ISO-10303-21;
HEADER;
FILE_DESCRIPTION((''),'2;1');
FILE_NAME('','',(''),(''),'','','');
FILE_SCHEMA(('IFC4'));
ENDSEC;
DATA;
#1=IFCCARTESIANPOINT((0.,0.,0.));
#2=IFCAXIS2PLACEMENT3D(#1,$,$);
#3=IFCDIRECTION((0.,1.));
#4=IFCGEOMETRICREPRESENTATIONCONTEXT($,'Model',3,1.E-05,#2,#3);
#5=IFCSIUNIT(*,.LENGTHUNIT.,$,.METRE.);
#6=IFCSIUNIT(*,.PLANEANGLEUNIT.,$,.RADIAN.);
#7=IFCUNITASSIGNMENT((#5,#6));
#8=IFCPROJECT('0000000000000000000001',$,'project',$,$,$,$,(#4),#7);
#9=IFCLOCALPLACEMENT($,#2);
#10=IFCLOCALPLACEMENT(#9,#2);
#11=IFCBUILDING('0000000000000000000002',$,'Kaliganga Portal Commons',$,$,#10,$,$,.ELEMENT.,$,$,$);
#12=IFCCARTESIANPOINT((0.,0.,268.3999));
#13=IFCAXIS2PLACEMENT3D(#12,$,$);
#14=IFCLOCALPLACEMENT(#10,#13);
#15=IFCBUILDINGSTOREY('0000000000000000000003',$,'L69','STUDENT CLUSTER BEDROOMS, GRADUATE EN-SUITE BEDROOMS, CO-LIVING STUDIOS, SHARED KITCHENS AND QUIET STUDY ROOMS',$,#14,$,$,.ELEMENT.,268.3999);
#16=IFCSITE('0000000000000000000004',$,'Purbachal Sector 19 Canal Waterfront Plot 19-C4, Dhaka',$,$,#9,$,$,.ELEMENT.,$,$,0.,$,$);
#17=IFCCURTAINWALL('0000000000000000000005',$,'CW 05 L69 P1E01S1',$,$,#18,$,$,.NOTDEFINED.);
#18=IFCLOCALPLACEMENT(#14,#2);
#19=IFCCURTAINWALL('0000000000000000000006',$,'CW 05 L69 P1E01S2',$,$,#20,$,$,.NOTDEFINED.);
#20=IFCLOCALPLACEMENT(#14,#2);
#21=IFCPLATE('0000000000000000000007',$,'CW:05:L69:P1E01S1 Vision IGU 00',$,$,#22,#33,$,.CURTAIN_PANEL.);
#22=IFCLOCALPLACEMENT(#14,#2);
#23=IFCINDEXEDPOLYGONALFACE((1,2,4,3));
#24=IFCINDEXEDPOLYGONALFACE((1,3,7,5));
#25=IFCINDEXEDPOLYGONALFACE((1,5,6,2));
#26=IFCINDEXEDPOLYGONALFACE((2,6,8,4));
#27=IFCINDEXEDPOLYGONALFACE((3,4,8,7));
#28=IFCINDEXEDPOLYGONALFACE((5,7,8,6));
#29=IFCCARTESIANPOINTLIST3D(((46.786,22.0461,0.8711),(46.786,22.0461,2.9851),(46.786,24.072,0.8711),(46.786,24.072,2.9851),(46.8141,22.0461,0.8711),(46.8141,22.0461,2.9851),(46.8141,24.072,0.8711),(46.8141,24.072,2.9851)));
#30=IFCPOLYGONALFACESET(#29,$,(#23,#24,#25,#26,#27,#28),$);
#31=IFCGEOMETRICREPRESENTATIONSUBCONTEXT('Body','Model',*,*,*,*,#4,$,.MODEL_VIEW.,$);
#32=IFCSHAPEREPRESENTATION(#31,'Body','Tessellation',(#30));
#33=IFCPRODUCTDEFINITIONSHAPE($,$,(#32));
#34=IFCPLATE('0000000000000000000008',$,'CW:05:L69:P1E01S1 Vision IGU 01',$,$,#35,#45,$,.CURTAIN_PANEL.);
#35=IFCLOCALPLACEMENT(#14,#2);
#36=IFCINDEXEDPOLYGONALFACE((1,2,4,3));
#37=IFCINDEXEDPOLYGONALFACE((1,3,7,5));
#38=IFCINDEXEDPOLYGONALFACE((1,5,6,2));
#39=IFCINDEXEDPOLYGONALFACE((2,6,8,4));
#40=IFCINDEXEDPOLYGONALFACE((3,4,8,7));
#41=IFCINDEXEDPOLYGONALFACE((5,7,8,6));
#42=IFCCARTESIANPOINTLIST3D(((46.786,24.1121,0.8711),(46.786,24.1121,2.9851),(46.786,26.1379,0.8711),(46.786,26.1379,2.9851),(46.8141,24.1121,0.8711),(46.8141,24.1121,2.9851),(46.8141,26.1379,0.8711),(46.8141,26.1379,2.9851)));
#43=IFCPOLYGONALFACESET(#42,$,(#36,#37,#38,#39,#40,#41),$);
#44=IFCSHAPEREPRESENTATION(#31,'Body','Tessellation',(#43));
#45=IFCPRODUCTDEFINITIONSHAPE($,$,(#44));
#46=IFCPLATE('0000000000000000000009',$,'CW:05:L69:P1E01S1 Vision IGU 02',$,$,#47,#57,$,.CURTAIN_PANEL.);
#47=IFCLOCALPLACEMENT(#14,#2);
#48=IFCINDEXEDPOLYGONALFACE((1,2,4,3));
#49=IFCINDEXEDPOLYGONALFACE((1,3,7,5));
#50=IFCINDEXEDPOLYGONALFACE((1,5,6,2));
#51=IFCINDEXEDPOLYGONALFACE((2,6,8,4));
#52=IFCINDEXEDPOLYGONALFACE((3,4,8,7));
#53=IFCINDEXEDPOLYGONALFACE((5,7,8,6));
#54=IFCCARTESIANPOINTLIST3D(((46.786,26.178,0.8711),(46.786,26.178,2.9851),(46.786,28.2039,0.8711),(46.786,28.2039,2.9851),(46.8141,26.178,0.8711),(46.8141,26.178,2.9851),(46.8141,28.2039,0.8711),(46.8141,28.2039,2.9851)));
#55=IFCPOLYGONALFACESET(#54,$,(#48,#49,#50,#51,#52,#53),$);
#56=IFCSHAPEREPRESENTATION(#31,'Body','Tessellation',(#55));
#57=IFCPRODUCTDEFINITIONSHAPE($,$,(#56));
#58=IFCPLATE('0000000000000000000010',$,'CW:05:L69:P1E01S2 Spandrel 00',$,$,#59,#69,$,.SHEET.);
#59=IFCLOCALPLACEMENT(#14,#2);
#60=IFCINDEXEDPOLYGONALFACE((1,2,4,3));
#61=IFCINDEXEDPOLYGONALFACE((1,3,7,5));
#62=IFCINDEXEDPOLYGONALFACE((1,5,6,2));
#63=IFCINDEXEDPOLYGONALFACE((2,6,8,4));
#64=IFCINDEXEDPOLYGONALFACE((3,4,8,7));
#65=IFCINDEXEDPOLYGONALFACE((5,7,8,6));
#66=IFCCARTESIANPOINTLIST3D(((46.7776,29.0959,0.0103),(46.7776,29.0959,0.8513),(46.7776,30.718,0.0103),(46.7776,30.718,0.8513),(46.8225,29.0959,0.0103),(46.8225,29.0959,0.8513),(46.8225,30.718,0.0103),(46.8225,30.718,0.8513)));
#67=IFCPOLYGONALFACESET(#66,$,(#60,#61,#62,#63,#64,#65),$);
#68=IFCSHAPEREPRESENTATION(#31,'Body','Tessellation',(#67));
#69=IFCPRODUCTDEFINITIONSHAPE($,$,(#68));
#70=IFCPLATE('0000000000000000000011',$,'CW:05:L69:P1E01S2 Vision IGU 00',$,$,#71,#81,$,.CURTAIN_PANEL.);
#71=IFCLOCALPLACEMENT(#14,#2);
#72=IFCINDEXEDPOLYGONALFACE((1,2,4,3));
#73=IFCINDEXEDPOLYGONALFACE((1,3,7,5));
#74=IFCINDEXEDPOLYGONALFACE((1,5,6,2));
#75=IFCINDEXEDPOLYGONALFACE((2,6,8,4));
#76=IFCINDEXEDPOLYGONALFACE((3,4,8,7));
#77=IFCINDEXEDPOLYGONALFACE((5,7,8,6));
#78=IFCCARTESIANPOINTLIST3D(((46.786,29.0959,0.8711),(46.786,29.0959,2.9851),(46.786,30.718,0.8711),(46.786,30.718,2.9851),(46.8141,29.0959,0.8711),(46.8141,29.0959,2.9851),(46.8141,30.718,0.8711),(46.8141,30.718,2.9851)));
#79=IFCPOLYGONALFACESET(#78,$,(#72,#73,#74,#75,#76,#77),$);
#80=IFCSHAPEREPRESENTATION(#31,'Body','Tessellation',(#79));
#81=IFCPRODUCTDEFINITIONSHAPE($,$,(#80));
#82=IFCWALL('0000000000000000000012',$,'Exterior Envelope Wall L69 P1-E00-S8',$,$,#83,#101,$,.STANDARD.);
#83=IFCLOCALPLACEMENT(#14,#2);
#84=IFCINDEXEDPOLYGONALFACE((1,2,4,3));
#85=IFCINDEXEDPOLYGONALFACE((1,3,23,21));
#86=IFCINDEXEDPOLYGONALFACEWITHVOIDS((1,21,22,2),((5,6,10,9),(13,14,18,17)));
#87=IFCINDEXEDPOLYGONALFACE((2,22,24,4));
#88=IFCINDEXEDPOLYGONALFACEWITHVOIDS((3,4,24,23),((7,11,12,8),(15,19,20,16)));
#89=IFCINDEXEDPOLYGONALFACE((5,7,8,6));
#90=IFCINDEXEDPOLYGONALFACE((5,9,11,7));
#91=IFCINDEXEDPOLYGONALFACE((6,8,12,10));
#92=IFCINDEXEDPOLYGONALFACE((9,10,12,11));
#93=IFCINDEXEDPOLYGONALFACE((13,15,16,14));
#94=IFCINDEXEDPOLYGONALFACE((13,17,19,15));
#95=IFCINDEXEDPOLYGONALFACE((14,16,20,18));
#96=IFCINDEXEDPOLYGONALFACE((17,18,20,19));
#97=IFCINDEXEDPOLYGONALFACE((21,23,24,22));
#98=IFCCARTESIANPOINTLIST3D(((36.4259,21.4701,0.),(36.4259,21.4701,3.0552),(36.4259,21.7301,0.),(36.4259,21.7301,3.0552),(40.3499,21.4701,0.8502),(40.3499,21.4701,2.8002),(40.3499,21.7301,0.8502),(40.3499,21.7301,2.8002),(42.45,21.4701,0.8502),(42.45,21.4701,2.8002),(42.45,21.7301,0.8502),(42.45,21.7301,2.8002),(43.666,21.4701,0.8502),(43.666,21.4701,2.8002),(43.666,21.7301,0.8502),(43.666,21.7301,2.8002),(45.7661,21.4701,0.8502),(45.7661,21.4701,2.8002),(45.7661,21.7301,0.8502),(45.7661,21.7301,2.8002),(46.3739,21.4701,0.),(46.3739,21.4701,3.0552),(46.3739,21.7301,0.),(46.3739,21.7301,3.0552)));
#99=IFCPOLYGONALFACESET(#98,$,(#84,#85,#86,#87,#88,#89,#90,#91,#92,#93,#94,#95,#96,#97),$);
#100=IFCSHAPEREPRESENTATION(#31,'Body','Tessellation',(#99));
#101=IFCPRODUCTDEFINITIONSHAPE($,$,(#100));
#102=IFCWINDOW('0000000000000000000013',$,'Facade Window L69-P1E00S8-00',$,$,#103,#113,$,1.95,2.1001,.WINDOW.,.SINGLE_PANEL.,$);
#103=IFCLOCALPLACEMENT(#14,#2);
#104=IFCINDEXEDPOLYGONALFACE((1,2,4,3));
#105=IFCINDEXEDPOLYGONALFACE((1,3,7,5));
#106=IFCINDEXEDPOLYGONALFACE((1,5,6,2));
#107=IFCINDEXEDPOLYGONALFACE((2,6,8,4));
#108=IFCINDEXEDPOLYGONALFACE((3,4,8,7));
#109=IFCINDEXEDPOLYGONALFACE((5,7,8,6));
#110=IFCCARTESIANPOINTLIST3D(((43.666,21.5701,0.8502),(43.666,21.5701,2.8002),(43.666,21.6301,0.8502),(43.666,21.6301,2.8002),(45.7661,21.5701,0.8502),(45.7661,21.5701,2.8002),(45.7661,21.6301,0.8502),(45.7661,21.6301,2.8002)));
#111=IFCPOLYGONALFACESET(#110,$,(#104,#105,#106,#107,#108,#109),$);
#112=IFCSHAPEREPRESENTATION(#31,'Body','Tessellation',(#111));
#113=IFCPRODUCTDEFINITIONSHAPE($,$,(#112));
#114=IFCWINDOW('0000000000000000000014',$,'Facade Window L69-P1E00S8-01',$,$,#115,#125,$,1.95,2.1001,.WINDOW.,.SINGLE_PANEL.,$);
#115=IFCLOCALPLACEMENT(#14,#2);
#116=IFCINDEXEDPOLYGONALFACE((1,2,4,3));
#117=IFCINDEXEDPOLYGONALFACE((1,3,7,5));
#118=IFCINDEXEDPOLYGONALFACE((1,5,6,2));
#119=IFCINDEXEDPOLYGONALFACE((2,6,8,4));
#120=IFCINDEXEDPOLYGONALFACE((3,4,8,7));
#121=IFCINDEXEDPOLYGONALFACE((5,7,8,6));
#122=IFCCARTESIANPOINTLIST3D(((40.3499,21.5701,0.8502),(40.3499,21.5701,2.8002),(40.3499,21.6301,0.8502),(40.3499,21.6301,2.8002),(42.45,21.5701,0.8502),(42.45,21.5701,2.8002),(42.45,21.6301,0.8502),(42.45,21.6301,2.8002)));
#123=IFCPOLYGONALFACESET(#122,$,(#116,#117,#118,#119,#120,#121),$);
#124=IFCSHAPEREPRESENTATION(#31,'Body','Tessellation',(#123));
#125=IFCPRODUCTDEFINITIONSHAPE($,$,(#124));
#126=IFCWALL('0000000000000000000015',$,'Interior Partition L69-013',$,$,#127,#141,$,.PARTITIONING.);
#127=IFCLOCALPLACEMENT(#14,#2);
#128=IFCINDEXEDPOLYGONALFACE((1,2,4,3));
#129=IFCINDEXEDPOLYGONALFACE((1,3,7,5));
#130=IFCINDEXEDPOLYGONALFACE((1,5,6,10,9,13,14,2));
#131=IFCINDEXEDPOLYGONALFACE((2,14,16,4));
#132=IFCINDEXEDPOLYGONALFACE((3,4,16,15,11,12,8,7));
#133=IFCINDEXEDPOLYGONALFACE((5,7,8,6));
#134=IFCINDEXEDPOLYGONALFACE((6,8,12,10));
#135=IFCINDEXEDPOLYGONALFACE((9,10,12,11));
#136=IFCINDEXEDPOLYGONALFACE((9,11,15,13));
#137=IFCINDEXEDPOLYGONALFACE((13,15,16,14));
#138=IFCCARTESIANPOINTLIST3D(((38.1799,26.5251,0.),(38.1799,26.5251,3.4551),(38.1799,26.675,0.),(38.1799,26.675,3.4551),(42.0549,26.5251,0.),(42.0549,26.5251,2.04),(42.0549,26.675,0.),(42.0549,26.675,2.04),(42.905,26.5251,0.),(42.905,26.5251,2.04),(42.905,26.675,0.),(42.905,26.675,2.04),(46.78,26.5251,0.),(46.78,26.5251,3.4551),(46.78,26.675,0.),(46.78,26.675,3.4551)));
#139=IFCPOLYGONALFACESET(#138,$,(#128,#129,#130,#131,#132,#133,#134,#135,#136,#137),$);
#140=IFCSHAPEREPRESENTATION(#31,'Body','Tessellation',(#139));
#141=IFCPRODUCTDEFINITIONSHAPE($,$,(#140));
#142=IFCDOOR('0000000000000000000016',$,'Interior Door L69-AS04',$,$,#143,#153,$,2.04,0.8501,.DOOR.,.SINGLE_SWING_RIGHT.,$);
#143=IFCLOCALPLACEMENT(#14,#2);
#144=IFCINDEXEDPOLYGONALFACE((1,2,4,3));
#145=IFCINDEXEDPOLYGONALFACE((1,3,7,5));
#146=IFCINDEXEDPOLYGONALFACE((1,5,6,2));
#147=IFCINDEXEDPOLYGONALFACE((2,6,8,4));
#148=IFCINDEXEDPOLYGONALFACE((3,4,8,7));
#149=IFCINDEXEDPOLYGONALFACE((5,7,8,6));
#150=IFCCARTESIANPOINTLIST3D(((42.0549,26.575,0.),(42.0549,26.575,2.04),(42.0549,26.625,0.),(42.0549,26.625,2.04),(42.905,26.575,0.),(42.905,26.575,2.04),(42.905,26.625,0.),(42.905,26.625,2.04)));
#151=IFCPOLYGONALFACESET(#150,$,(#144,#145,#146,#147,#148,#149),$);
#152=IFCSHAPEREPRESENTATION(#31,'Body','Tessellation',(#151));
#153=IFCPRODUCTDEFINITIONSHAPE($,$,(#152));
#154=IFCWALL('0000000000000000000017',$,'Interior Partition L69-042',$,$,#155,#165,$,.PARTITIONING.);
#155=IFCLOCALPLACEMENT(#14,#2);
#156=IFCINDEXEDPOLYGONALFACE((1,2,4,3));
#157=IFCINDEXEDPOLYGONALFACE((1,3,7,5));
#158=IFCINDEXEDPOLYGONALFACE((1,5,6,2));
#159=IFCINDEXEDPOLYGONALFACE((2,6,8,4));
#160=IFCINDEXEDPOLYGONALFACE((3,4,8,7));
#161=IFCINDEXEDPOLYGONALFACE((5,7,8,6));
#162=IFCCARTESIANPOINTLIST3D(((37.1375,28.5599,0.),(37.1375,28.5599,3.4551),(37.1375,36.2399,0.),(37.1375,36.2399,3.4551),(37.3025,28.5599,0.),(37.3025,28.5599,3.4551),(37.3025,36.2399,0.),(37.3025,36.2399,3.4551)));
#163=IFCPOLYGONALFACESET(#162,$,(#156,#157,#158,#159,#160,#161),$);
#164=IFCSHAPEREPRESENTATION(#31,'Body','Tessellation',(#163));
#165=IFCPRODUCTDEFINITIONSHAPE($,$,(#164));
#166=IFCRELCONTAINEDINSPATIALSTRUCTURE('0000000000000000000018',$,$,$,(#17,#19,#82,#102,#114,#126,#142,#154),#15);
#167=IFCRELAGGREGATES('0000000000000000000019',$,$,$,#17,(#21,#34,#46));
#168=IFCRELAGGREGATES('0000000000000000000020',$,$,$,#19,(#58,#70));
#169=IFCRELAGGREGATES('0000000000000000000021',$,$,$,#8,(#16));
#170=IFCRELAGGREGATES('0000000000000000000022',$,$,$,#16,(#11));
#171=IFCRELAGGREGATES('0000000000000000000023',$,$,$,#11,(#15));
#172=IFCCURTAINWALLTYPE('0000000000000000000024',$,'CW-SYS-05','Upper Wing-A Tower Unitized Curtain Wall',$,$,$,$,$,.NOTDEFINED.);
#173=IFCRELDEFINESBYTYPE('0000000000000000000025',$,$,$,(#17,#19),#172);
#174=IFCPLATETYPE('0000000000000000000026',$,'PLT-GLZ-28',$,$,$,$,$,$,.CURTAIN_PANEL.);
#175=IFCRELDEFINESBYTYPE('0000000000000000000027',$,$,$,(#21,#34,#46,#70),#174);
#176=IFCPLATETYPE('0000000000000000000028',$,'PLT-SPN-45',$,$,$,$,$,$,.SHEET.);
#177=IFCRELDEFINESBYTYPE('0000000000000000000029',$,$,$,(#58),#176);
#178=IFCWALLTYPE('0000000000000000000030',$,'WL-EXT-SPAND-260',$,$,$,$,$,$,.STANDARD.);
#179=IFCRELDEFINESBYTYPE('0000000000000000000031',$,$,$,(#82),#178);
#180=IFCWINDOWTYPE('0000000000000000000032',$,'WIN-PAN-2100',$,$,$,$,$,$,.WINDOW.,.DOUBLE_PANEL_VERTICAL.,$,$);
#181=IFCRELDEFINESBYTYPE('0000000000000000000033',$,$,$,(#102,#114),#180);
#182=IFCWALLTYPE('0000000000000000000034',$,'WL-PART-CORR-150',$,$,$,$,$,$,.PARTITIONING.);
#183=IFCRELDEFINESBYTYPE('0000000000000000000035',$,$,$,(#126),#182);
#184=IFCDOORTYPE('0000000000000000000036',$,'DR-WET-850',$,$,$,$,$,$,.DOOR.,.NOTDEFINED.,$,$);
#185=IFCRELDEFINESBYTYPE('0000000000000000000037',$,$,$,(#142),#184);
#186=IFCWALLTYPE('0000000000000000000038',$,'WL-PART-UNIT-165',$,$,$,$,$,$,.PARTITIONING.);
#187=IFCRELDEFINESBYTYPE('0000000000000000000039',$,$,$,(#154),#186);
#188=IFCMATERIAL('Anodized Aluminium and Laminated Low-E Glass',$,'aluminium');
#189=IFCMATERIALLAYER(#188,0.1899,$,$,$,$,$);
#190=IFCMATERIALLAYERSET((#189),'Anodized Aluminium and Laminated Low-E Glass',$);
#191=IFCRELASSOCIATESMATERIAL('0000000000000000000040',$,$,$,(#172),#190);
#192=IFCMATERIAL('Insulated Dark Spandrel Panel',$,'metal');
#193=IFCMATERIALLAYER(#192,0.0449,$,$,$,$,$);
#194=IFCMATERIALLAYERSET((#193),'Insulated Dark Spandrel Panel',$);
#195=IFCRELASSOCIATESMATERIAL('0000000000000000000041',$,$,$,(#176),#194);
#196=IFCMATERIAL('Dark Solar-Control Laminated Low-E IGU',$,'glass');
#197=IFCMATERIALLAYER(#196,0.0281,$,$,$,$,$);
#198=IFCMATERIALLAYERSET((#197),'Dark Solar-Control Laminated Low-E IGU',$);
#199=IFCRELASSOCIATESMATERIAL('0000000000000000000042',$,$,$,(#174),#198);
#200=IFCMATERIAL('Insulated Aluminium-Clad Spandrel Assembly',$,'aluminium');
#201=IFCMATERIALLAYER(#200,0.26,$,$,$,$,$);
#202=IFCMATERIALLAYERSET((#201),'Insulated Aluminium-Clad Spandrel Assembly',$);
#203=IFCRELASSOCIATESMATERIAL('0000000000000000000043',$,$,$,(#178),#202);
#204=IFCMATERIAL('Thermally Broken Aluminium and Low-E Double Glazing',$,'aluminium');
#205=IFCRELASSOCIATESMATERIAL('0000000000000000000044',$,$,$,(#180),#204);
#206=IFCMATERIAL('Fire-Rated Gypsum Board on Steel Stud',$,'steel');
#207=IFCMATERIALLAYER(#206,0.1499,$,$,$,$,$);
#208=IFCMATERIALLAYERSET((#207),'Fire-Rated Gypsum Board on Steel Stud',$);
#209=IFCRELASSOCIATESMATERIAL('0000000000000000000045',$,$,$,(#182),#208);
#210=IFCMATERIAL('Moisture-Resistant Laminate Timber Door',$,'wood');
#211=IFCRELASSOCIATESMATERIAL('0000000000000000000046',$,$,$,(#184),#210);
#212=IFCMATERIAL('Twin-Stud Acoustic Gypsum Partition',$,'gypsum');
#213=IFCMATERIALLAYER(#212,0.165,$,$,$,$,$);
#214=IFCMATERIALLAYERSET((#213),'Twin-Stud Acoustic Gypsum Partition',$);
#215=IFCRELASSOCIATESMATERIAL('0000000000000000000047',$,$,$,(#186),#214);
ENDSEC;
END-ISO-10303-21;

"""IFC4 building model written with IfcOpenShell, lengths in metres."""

from ifc_helpers import new_model, si_unit, direction, frame, frame_2d, origin, origin_2d, place, context, subcontext, project, spatial, rectangle, extrude, source, transform, mapped, material, layer, layer_set, type_object, element, fill, aggregate, save


model = new_model("IFC4")

# Units and contexts
model_context = context("Model", 3, precision=1e-05, world=origin(), true_north=direction((0.0, 1.0)))
body_context = subcontext(model_context, "Body", "Model", "MODEL_VIEW")
ifc_project = project(units=[si_unit("LENGTHUNIT", "METRE"), si_unit("PLANEANGLEUNIT", "RADIAN")], contexts=[model_context])

# Site, building, storey
site_placement = place(None, origin())
site = spatial("IfcSite", under=ifc_project, at=site_placement, Name="Purbachal Sector 19 Canal Waterfront Plot 19-C4, Dhaka", CompositionType="ELEMENT", RefElevation=0.0)
building_placement = place(site_placement, origin())
building = spatial("IfcBuilding", under=site, at=building_placement, Name="Kaliganga Portal Commons", CompositionType="ELEMENT")
storey_placement = place(building_placement, frame((0.0, 0.0, 268.3999)))
storey = spatial("IfcBuildingStorey", under=building, at=storey_placement, Name="L69", Description="STUDENT CLUSTER BEDROOMS, GRADUATE EN-SUITE BEDROOMS, CO-LIVING STUDIOS, SHARED KITCHENS AND QUIET STUDY ROOMS", CompositionType="ELEMENT", Elevation=268.3999)

# Curtain walls
ifc_material_1 = material(Name="Anodized Aluminium and Laminated Low-E Glass", Category="aluminium")
ifc_layer_1 = layer(ifc_material_1, 0.1899)
ifc_layer_set_1 = layer_set([ifc_layer_1], Name="Anodized Aluminium and Laminated Low-E Glass")
curtain_wall_type = type_object("IfcCurtainWallType", Name="CW-SYS-05", Description="Upper Wing-A Tower Unitized Curtain Wall", PredefinedType="NOTDEFINED", material=ifc_layer_set_1)
curtain_wall_1_placement = place(storey_placement, origin())
curtain_wall_1 = element("IfcCurtainWall", 1, at=curtain_wall_1_placement, inside=storey, type_object=curtain_wall_type, Name="CW 05 L69 P1E01S1", PredefinedType="NOTDEFINED")
curtain_wall_2_placement = place(storey_placement, origin())
curtain_wall_2 = element("IfcCurtainWall", 2, at=curtain_wall_2_placement, inside=storey, type_object=curtain_wall_type, Name="CW 05 L69 P1E01S2", PredefinedType="NOTDEFINED")

# Plates
ifc_material_2 = material(Name="Insulated Dark Spandrel Panel", Category="metal")
ifc_layer_2 = layer(ifc_material_2, 0.0449)
ifc_layer_set_2 = layer_set([ifc_layer_2], Name="Insulated Dark Spandrel Panel")
plate_type_1 = type_object("IfcPlateType", Name="PLT-SPN-45", PredefinedType="SHEET", material=ifc_layer_set_2)
ifc_material_3 = material(Name="Dark Solar-Control Laminated Low-E IGU", Category="glass")
ifc_layer_3 = layer(ifc_material_3, 0.0281)
ifc_layer_set_3 = layer_set([ifc_layer_3], Name="Dark Solar-Control Laminated Low-E IGU")
plate_type_2 = type_object("IfcPlateType", Name="PLT-GLZ-28", PredefinedType="CURTAIN_PANEL", material=ifc_layer_set_3)
shared_shape_1 = source(origin(), body_context, "Body", "SweptSolid", [
    extrude(rectangle(XDim=2.0259, YDim=0.0281, at=origin_2d()), origin(), (0.0, 0.0, 1.0), 2.114),
])
plate_1_placement = place(storey_placement, frame((46.8, 23.0591, 0.8711), z_axis=(0.0, 0.0, 1.0), x_axis=(0.0, 1.0, 0.0)))
plate_1 = element("IfcPlate", 3, at=plate_1_placement, type_object=plate_type_2, Name="CW:05:L69:P1E01S1 Vision IGU 00", PredefinedType="CURTAIN_PANEL", context=body_context, shape_type="MappedRepresentation", body=[
    mapped(shared_shape_1, transform((0.0, 0.0, 0.0), x_axis=(1.0, 0.0, 0.0), y_axis=(0.0, 1.0, 0.0), z_axis=(0.0, 0.0, 1.0), scale=1.0)),
])
plate_2_placement = place(storey_placement, frame((46.8, 25.125, 0.8711), z_axis=(0.0, 0.0, 1.0), x_axis=(0.0, 1.0, 0.0)))
plate_2 = element("IfcPlate", 4, at=plate_2_placement, type_object=plate_type_2, Name="CW:05:L69:P1E01S1 Vision IGU 01", PredefinedType="CURTAIN_PANEL", context=body_context, shape_type="MappedRepresentation", body=[
    mapped(shared_shape_1, transform((0.0, 0.0, 0.0), x_axis=(1.0, 0.0, 0.0), y_axis=(0.0, 1.0, 0.0), z_axis=(0.0, 0.0, 1.0), scale=1.0)),
])
plate_3_placement = place(storey_placement, frame((46.8, 27.1909, 0.8711), z_axis=(0.0, 0.0, 1.0), x_axis=(0.0, 1.0, 0.0)))
plate_3 = element("IfcPlate", 5, at=plate_3_placement, type_object=plate_type_2, Name="CW:05:L69:P1E01S1 Vision IGU 02", PredefinedType="CURTAIN_PANEL", context=body_context, shape_type="MappedRepresentation", body=[
    mapped(shared_shape_1, transform((0.0, 0.0, 0.0), x_axis=(1.0, 0.0, 0.0), y_axis=(0.0, 1.0, 0.0), z_axis=(0.0, 0.0, 1.0), scale=1.0)),
])
aggregate(curtain_wall_1, [plate_1, plate_2, plate_3])
shared_shape_2 = source(origin(), body_context, "Body", "SweptSolid", [
    extrude(rectangle(XDim=1.6221, YDim=0.0449, at=origin_2d()), origin(), (0.0, 0.0, 1.0), 0.8411),
])
plate_4_placement = place(storey_placement, frame((46.8, 29.907, 0.0103), z_axis=(0.0, 0.0, 1.0), x_axis=(0.0, 1.0, 0.0)))
plate_4 = element("IfcPlate", 6, at=plate_4_placement, type_object=plate_type_1, Name="CW:05:L69:P1E01S2 Spandrel 00", PredefinedType="SHEET", context=body_context, shape_type="MappedRepresentation", body=[
    mapped(shared_shape_2, transform((0.0, 0.0, 0.0), x_axis=(1.0, 0.0, 0.0), y_axis=(0.0, 1.0, 0.0), z_axis=(0.0, 0.0, 1.0), scale=1.0)),
])
shared_shape_3 = source(origin(), body_context, "Body", "SweptSolid", [
    extrude(rectangle(XDim=1.6221, YDim=0.0281, at=origin_2d()), origin(), (0.0, 0.0, 1.0), 2.114),
])
plate_5_placement = place(storey_placement, frame((46.8, 29.907, 0.8711), z_axis=(0.0, 0.0, 1.0), x_axis=(0.0, 1.0, 0.0)))
plate_5 = element("IfcPlate", 7, at=plate_5_placement, type_object=plate_type_2, Name="CW:05:L69:P1E01S2 Vision IGU 00", PredefinedType="CURTAIN_PANEL", context=body_context, shape_type="MappedRepresentation", body=[
    mapped(shared_shape_3, transform((0.0, 0.0, 0.0), x_axis=(1.0, 0.0, 0.0), y_axis=(0.0, 1.0, 0.0), z_axis=(0.0, 0.0, 1.0), scale=1.0)),
])
aggregate(curtain_wall_2, [plate_4, plate_5])

# Wall, openings, windows
ifc_material_4 = material(Name="Insulated Aluminium-Clad Spandrel Assembly", Category="aluminium")
ifc_layer_4 = layer(ifc_material_4, 0.26)
ifc_layer_set_4 = layer_set([ifc_layer_4], Name="Insulated Aluminium-Clad Spandrel Assembly")
wall_type_1 = type_object("IfcWallType", Name="WL-EXT-SPAND-260", PredefinedType="STANDARD", material=ifc_layer_set_4)
wall_1_placement = place(storey_placement, frame((46.374, 21.6001, 0.0), z_axis=(0.0, 0.0, 1.0), x_axis=(-1.0, 0.0, 0.0)))
wall_1 = element("IfcWall", 8, at=wall_1_placement, inside=storey, type_object=wall_type_1, Name="Exterior Envelope Wall L69 P1-E00-S8", PredefinedType="STANDARD", context=body_context, shape_type="SweptSolid", body=[
    extrude(rectangle(XDim=9.948, YDim=0.26, at=frame_2d((4.9741, 0.0))), origin(), (0.0, 0.0, 1.0), 3.0552),
])
opening_1_placement = place(wall_1_placement, frame((0.6079, 0.0, 0.8501)))
opening_1 = element("IfcOpeningElement", 9, at=opening_1_placement, cuts=wall_1, PredefinedType="OPENING", context=body_context, shape_type="SweptSolid", body=[
    extrude(rectangle(XDim=2.1001, YDim=1.95, at=frame_2d((1.05, 0.9751))), frame((0.0, 0.1401, 0.0), z_axis=(0.0, -1.0, 0.0), x_axis=(1.0, 0.0, 0.0)), (0.0, 0.0, 1.0), 0.28),
])
opening_2_placement = place(wall_1_placement, frame((3.9241, 0.0, 0.8501)))
opening_2 = element("IfcOpeningElement", 10, at=opening_2_placement, cuts=wall_1, PredefinedType="OPENING", context=body_context, shape_type="SweptSolid", body=[
    extrude(rectangle(XDim=2.1001, YDim=1.95, at=frame_2d((1.05, 0.9751))), frame((0.0, 0.1401, 0.0), z_axis=(0.0, -1.0, 0.0), x_axis=(1.0, 0.0, 0.0)), (0.0, 0.0, 1.0), 0.28),
])
ifc_material_5 = material(Name="Thermally Broken Aluminium and Low-E Double Glazing", Category="aluminium")
window_type = type_object("IfcWindowType", Name="WIN-PAN-2100", PartitioningType="DOUBLE_PANEL_VERTICAL", PredefinedType="WINDOW", material=ifc_material_5)
window_1_placement = place(opening_1_placement, origin())
window_1 = element("IfcWindow", 11, at=window_1_placement, inside=storey, type_object=window_type, Name="Facade Window L69-P1E00S8-00", OverallHeight=1.95, OverallWidth=2.1001, PartitioningType="SINGLE_PANEL", PredefinedType="WINDOW", context=body_context, shape_type="SweptSolid", body=[
    extrude(rectangle(XDim=2.1001, YDim=1.95, at=frame_2d((1.05, 0.9751))), frame((0.0, 0.03, 0.0), z_axis=(0.0, -1.0, 0.0), x_axis=(1.0, 0.0, 0.0)), (0.0, 0.0, 1.0), 0.0601),
])
fill(opening_1, window_1)
window_2_placement = place(opening_2_placement, origin())
window_2 = element("IfcWindow", 12, at=window_2_placement, inside=storey, type_object=window_type, Name="Facade Window L69-P1E00S8-01", OverallHeight=1.95, OverallWidth=2.1001, PartitioningType="SINGLE_PANEL", PredefinedType="WINDOW", context=body_context, shape_type="SweptSolid", body=[
    extrude(rectangle(XDim=2.1001, YDim=1.95, at=frame_2d((1.05, 0.9751))), frame((0.0, 0.03, 0.0), z_axis=(0.0, -1.0, 0.0), x_axis=(1.0, 0.0, 0.0)), (0.0, 0.0, 1.0), 0.0601),
])
fill(opening_2, window_2)

# Wall, opening, door
ifc_material_6 = material(Name="Fire-Rated Gypsum Board on Steel Stud", Category="steel")
ifc_layer_5 = layer(ifc_material_6, 0.1499)
ifc_layer_set_5 = layer_set([ifc_layer_5], Name="Fire-Rated Gypsum Board on Steel Stud")
wall_type_2 = type_object("IfcWallType", Name="WL-PART-CORR-150", PredefinedType="PARTITIONING", material=ifc_layer_set_5)
wall_2_placement = place(storey_placement, frame((38.1799, 26.6001, 0.0), z_axis=(0.0, 0.0, 1.0), x_axis=(1.0, 0.0, 0.0)))
wall_2 = element("IfcWall", 13, at=wall_2_placement, inside=storey, type_object=wall_type_2, Name="Interior Partition L69-013", PredefinedType="PARTITIONING", context=body_context, shape_type="SweptSolid", body=[
    extrude(rectangle(XDim=8.6001, YDim=0.1499, at=frame_2d((4.3, 0.0))), origin(), (0.0, 0.0, 1.0), 3.4551),
])
opening_3_placement = place(wall_2_placement, frame((3.875, 0.0, 0.0)))
opening_3 = element("IfcOpeningElement", 14, at=opening_3_placement, cuts=wall_2, PredefinedType="OPENING", context=body_context, shape_type="SweptSolid", body=[
    extrude(rectangle(XDim=0.8501, YDim=2.04, at=frame_2d((0.425, 1.02))), frame((0.0, 0.085, 0.0), z_axis=(0.0, -1.0, 0.0), x_axis=(1.0, 0.0, 0.0)), (0.0, 0.0, 1.0), 0.1699),
])
ifc_material_7 = material(Name="Moisture-Resistant Laminate Timber Door", Category="wood")
door_type_1 = type_object("IfcDoorType", Name="DR-WET-850", OperationType="NOTDEFINED", PredefinedType="DOOR", material=ifc_material_7)
door_1_placement = place(opening_3_placement, origin())
door_1 = element("IfcDoor", 15, at=door_1_placement, inside=storey, type_object=door_type_1, Name="Interior Door L69-AS04", OperationType="SINGLE_SWING_RIGHT", OverallHeight=2.04, OverallWidth=0.8501, PredefinedType="DOOR", context=body_context, shape_type="SweptSolid", body=[
    extrude(rectangle(XDim=0.8501, YDim=2.04, at=frame_2d((0.425, 1.02))), frame((0.0, 0.0249, 0.0), z_axis=(0.0, -1.0, 0.0), x_axis=(1.0, 0.0, 0.0)), (0.0, 0.0, 1.0), 0.05),
])
fill(opening_3, door_1)

# Wall
ifc_material_8 = material(Name="Twin-Stud Acoustic Gypsum Partition", Category="gypsum")
ifc_layer_6 = layer(ifc_material_8, 0.165)
ifc_layer_set_6 = layer_set([ifc_layer_6], Name="Twin-Stud Acoustic Gypsum Partition")
wall_type_3 = type_object("IfcWallType", Name="WL-PART-UNIT-165", PredefinedType="PARTITIONING", material=ifc_layer_set_6)
for number, where, z_axis, x_axis, name in (
    (16, (37.22, 28.5601, 0.0), (0.0, 0.0, 1.0), (0.0, 1.0, 0.0), "Interior Partition L69-042"),
):
    element("IfcWall", number, at=place(storey_placement, frame(where, z_axis=z_axis, x_axis=x_axis)), inside=storey, type_object=wall_type_3, Name=name, PredefinedType="PARTITIONING", context=body_context, shape_type="SweptSolid", body=[
        extrude(rectangle(XDim=7.6799, YDim=0.165, at=frame_2d((3.8398, 0.0))), origin(), (0.0, 0.0, 1.0), 3.4551),
    ])

save(model, "model.ifc")
